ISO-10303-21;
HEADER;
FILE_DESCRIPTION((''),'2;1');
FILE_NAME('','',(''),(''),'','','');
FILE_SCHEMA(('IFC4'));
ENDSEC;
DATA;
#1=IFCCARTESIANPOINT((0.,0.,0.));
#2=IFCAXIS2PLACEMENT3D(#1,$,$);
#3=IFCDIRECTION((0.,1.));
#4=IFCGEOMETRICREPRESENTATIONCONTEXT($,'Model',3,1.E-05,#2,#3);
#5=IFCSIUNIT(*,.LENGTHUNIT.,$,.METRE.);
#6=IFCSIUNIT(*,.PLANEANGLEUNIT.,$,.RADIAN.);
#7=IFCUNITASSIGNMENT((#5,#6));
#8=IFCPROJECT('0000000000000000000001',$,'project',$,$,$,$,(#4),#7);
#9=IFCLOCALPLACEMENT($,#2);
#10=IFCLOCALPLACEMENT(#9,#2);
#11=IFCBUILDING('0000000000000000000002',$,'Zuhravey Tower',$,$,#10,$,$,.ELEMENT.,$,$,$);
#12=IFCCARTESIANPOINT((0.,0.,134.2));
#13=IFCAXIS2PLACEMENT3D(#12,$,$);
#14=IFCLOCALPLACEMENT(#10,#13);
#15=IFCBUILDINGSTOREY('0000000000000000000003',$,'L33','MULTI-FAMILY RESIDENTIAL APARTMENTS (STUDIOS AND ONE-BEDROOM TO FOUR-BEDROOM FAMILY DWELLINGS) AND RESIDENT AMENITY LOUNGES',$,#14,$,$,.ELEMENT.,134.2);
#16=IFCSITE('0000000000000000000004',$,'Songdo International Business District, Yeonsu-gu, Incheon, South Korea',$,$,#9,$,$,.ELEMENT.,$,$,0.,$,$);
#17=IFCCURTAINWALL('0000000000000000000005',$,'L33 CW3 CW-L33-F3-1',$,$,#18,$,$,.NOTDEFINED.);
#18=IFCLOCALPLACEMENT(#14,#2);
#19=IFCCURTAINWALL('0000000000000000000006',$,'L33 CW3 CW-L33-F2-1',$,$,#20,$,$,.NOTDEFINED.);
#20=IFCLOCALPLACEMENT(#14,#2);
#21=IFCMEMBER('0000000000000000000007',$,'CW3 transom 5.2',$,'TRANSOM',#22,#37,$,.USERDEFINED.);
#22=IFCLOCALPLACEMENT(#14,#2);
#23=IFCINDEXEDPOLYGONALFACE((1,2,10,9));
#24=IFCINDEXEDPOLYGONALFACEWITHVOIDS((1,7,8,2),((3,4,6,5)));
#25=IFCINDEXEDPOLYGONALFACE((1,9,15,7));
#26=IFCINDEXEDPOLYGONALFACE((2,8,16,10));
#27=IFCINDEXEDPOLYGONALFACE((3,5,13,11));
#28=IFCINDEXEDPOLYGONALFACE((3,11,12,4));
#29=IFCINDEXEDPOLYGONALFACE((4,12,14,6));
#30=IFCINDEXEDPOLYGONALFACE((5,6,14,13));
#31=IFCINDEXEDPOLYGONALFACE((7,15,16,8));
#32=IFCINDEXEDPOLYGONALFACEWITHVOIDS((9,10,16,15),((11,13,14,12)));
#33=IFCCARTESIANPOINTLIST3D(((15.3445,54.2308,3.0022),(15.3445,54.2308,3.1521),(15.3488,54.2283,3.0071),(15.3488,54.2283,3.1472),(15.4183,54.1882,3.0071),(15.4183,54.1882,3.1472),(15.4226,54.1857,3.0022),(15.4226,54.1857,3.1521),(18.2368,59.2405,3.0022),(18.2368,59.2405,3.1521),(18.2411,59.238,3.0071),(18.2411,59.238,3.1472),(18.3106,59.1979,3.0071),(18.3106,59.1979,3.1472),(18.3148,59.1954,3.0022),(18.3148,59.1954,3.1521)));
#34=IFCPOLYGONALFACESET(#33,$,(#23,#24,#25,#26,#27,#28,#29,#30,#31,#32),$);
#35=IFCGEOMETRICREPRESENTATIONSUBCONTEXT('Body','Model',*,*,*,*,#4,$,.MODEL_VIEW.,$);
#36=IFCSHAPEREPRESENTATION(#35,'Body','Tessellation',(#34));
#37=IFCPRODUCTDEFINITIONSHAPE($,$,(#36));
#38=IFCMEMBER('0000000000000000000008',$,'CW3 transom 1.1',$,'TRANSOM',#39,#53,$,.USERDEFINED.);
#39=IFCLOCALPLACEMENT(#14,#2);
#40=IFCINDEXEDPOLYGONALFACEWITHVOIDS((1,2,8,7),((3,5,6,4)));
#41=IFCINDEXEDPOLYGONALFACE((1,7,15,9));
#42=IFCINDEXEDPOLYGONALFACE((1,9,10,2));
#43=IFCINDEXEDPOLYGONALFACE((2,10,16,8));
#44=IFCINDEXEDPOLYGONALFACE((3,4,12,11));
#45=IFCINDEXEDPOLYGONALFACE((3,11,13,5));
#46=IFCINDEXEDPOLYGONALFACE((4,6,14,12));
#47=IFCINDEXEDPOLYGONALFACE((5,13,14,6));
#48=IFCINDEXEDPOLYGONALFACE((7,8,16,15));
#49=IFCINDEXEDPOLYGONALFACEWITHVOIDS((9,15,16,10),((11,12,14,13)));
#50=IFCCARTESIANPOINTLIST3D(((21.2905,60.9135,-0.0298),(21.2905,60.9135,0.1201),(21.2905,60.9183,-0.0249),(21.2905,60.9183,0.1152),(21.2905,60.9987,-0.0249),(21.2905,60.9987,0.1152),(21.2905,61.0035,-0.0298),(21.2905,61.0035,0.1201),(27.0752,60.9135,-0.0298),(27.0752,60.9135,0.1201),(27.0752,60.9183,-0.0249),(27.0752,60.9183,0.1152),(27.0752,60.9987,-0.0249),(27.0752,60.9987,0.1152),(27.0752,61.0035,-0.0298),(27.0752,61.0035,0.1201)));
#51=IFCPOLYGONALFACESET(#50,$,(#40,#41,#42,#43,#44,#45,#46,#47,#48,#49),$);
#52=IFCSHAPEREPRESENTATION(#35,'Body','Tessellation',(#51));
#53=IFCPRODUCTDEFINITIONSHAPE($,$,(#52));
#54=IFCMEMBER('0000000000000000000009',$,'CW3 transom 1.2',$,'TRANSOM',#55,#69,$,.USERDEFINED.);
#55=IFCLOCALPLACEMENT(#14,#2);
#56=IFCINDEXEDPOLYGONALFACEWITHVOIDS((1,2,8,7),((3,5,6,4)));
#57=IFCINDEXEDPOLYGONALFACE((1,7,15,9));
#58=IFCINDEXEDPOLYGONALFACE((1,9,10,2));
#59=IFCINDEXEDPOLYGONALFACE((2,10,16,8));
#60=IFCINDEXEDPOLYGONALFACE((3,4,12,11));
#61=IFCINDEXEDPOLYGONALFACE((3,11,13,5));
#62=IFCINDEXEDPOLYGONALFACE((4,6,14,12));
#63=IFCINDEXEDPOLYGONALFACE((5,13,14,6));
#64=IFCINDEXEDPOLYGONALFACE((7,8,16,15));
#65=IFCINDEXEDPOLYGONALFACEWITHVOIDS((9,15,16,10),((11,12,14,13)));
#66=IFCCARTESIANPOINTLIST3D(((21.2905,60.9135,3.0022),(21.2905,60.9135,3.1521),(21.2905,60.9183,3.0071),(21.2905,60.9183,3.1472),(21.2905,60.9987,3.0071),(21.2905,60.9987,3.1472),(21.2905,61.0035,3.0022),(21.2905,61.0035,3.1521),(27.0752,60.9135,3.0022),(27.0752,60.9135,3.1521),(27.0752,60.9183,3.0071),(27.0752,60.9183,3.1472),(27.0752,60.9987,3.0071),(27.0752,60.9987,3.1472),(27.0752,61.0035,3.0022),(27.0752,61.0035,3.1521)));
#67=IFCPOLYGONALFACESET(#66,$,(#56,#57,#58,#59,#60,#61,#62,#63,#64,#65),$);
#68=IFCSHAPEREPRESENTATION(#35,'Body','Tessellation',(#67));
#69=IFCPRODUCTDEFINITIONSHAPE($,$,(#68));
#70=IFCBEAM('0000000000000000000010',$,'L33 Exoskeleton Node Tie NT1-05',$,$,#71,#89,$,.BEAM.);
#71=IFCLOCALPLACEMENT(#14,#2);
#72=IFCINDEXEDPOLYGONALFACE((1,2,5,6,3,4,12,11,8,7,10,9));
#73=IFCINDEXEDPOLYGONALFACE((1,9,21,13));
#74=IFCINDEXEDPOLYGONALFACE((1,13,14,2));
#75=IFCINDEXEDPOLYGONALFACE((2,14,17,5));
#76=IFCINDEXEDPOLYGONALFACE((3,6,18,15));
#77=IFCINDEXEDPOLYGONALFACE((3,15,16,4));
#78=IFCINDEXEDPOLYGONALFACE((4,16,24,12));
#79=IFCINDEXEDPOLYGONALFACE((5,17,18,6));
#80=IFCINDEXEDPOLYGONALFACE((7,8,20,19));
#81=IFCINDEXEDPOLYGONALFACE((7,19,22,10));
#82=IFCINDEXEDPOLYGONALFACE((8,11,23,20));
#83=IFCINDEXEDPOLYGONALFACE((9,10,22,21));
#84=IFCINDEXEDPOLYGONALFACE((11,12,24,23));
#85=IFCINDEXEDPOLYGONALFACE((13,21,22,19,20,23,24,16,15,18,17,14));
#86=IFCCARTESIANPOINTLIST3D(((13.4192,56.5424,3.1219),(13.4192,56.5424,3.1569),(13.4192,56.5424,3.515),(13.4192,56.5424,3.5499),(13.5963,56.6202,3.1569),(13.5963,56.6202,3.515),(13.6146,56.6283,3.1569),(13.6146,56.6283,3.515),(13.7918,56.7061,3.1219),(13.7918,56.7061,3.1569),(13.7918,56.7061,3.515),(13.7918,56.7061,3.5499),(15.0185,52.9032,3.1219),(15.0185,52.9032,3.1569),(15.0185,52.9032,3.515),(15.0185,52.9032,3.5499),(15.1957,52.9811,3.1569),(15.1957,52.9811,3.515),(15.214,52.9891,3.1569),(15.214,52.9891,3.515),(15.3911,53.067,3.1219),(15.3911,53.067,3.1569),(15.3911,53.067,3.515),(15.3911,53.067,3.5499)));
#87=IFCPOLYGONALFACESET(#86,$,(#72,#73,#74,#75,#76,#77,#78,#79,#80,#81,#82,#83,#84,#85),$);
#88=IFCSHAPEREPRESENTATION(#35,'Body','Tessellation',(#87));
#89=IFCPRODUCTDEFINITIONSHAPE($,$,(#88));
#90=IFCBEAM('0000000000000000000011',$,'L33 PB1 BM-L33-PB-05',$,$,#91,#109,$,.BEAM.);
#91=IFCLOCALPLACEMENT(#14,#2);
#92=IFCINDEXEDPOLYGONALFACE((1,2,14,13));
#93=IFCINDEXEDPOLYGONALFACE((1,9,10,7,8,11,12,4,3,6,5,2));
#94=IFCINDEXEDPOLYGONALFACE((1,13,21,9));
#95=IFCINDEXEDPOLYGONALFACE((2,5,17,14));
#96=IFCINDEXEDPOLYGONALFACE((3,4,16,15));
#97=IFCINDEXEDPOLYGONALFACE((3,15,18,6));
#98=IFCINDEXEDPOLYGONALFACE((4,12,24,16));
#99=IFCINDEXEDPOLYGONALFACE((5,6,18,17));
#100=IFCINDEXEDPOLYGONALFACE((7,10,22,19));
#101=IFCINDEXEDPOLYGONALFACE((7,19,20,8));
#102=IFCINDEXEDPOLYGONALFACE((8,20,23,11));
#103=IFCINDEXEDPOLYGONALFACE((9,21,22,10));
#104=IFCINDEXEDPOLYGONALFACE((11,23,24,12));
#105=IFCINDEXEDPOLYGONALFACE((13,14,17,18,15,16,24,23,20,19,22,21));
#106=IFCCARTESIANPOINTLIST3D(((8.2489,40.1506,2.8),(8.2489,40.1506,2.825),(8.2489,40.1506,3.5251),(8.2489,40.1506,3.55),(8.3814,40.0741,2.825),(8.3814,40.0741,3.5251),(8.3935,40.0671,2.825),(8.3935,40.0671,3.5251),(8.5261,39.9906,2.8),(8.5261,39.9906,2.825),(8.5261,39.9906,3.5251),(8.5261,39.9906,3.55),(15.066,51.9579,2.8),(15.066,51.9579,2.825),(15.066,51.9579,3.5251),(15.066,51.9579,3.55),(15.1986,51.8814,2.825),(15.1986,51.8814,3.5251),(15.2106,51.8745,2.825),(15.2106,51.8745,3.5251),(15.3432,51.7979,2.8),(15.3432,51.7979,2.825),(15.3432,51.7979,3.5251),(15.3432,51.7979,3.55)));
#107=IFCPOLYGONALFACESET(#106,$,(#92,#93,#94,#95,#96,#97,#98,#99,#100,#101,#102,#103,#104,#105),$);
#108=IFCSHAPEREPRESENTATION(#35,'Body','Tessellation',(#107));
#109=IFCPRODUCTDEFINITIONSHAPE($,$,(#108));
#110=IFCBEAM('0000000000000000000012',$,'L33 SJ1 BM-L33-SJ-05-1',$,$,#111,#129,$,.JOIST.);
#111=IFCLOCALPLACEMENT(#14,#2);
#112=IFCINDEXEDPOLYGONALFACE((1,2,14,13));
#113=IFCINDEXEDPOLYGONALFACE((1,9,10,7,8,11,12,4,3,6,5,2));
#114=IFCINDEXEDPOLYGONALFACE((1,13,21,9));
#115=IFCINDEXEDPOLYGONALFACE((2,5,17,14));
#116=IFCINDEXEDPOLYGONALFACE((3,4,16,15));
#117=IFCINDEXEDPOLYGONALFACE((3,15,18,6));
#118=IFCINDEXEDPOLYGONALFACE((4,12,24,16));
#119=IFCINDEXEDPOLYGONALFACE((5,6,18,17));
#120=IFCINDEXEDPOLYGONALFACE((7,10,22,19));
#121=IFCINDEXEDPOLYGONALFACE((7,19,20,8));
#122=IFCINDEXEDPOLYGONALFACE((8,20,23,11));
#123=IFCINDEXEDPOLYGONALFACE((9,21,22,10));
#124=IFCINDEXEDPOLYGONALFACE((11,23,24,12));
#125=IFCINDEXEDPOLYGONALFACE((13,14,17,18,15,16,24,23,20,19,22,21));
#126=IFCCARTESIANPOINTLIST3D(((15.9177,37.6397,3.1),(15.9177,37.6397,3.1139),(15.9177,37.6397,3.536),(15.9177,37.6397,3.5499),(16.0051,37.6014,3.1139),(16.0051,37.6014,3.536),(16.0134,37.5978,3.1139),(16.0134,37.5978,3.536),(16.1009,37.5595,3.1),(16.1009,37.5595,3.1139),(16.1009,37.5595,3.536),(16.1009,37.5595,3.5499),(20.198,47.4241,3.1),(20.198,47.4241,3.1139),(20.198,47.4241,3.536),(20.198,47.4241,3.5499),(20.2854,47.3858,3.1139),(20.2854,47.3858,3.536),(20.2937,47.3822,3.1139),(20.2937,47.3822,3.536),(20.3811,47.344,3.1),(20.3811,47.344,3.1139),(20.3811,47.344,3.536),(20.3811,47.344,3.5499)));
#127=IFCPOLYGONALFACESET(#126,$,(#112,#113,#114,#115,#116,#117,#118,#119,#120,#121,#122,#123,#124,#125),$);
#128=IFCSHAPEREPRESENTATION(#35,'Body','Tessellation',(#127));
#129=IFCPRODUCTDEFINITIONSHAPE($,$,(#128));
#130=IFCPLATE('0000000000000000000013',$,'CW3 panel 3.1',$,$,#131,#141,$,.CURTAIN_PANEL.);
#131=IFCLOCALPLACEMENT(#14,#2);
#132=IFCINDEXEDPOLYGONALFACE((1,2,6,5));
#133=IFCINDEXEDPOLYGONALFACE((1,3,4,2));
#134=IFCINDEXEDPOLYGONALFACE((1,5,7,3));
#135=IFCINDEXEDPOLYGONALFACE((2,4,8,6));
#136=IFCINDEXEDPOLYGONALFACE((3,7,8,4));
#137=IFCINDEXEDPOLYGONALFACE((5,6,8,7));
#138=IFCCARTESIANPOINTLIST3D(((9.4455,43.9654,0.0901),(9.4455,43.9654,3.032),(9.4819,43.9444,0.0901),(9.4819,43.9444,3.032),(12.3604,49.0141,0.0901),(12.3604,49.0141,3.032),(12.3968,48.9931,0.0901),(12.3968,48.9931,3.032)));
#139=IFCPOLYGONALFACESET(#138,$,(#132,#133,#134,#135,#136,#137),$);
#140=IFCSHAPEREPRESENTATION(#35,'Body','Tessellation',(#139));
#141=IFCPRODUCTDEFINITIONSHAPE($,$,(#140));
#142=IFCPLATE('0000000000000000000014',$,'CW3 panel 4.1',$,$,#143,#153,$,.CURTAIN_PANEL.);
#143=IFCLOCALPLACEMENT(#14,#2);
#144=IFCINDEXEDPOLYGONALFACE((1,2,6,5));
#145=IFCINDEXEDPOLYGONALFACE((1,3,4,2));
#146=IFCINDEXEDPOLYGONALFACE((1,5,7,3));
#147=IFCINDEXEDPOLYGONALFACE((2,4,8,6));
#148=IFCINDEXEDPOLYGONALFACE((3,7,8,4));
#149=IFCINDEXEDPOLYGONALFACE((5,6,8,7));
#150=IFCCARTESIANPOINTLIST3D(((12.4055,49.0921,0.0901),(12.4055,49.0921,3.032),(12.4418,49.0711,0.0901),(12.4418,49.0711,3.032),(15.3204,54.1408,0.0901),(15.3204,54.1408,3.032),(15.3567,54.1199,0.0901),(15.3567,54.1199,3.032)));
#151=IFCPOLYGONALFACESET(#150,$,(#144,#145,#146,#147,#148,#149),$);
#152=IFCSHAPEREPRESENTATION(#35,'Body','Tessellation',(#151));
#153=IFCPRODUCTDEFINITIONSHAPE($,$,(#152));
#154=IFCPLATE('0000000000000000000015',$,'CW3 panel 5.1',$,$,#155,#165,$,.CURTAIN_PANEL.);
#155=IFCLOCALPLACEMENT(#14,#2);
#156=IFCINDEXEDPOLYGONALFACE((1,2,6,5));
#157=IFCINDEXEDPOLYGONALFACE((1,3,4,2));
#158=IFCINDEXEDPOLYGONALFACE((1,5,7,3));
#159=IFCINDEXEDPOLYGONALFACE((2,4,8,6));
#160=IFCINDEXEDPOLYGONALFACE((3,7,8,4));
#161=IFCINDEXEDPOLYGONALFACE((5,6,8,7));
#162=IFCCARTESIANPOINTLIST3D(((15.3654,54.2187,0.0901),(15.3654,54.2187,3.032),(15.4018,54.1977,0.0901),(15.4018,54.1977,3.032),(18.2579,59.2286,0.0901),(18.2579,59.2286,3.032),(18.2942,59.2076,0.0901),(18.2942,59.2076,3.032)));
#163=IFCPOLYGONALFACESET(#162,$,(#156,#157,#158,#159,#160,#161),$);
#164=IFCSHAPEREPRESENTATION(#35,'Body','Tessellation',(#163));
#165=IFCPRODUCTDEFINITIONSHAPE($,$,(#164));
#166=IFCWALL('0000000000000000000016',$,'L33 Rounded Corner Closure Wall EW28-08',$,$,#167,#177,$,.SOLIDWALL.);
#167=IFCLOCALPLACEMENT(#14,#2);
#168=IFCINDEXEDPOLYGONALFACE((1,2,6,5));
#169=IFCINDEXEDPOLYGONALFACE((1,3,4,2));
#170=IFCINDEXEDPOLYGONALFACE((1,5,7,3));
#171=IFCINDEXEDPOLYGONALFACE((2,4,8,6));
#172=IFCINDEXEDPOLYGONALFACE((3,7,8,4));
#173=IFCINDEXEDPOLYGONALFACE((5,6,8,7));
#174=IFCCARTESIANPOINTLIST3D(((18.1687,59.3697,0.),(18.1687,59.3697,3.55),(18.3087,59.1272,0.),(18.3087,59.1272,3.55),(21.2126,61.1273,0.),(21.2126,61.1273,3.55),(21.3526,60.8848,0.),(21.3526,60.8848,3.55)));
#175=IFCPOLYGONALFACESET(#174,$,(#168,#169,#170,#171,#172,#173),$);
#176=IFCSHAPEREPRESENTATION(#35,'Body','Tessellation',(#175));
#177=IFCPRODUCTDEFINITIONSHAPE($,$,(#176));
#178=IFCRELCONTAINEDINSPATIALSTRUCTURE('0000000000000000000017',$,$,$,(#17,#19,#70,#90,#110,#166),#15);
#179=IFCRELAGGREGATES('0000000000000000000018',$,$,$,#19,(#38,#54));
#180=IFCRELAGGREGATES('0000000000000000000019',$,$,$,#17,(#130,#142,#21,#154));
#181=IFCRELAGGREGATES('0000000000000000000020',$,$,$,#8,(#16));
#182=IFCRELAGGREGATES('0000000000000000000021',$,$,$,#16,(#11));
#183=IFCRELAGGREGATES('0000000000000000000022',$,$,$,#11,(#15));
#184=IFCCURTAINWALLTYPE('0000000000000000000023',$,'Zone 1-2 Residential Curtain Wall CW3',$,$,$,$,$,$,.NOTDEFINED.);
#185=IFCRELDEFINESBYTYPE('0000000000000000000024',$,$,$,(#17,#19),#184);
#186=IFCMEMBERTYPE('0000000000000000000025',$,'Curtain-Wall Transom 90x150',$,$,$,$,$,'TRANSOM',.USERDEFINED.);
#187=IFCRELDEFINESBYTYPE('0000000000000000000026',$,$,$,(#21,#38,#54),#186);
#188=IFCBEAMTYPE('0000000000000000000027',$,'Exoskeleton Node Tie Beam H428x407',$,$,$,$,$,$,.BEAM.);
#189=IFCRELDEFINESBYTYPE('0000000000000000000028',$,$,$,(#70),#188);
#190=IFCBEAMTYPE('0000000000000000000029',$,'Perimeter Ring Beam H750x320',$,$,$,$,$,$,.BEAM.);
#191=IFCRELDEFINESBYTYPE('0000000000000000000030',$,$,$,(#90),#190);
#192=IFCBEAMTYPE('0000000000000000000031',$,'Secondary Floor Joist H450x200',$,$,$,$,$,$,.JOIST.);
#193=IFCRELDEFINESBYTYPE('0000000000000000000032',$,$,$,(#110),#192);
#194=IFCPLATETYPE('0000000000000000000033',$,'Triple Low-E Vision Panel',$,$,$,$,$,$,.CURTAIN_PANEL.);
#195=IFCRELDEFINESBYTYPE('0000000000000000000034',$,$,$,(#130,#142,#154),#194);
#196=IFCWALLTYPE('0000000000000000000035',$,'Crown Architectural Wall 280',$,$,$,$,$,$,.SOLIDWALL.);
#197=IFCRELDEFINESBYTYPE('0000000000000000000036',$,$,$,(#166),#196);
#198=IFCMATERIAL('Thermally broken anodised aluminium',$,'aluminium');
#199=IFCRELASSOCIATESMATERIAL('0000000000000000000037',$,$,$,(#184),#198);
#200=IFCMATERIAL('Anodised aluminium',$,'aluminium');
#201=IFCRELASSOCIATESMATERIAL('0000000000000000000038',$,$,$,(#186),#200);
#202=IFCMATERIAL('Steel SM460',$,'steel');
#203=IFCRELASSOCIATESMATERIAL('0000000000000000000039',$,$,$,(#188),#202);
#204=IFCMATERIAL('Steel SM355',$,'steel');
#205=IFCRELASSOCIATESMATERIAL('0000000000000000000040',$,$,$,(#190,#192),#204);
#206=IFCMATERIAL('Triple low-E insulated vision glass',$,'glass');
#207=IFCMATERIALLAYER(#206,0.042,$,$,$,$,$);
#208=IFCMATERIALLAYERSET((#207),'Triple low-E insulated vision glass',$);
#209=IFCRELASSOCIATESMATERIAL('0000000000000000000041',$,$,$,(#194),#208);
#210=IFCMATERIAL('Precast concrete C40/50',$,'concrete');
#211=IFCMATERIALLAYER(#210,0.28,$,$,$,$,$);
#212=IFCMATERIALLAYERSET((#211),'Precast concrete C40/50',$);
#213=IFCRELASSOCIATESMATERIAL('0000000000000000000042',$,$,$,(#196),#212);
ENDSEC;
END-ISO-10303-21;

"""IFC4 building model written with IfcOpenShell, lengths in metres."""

from ifc_helpers import new_model, si_unit, direction, frame, frame_2d, origin, origin_2d, place, context, subcontext, project, spatial, rectangle, hollow_rectangle, i_section, extrude, material, layer, layer_set, material_profile, profile_set, type_object, element, aggregate, save


model = new_model("IFC4")

# Units and contexts
model_context = context("Model", 3, precision=1e-05, world=origin(), true_north=direction((0.0, 1.0)))
body_context = subcontext(model_context, "Body", "Model", "MODEL_VIEW")
ifc_project = project(units=[si_unit("LENGTHUNIT", "METRE"), si_unit("PLANEANGLEUNIT", "RADIAN")], contexts=[model_context])

# Site, building, storey
site_placement = place(None, origin())
site = spatial("IfcSite", under=ifc_project, at=site_placement, Name="Songdo International Business District, Yeonsu-gu, Incheon, South Korea", CompositionType="ELEMENT", RefElevation=0.0)
building_placement = place(site_placement, origin())
building = spatial("IfcBuilding", under=site, at=building_placement, Name="Zuhravey Tower", CompositionType="ELEMENT")
storey_placement = place(building_placement, frame((0.0, 0.0, 134.2)))
storey = spatial("IfcBuildingStorey", under=building, at=storey_placement, Name="L33", Description="MULTI-FAMILY RESIDENTIAL APARTMENTS (STUDIOS AND ONE-BEDROOM TO FOUR-BEDROOM FAMILY DWELLINGS) AND RESIDENT AMENITY LOUNGES", CompositionType="ELEMENT", Elevation=134.2)

# Curtain wall
ifc_material_1 = material(Name="Thermally broken anodised aluminium", Category="aluminium")
curtain_wall_type = type_object("IfcCurtainWallType", Name="Zone 1-2 Residential Curtain Wall CW3", PredefinedType="NOTDEFINED", material=ifc_material_1)
curtain_wall_1_placement = place(storey_placement, origin())
curtain_wall_1 = element("IfcCurtainWall", 1, at=curtain_wall_1_placement, inside=storey, type_object=curtain_wall_type, Name="L33 CW3 CW-L33-F3-1", PredefinedType="NOTDEFINED")
ifc_material_2 = material(Name="Anodised aluminium", Category="aluminium")

# Curtain wall
curtain_wall_2_placement = place(storey_placement, origin())
curtain_wall_2 = element("IfcCurtainWall", 2, at=curtain_wall_2_placement, inside=storey, type_object=curtain_wall_type, Name="L33 CW3 CW-L33-F2-1", PredefinedType="NOTDEFINED")

# Members
ifc_material_profile_1 = material_profile(ifc_material_2, hollow_rectangle(XDim=0.0901, YDim=0.1499, WallThickness=0.0049, at=origin_2d()), Name="ALU-RHS-90x150x5")
ifc_profile_set_1 = profile_set([ifc_material_profile_1], Name="Anodised aluminium")
member_type_1 = type_object("IfcMemberType", Name="Curtain-Wall Transom 90x150", ElementType="TRANSOM", PredefinedType="USERDEFINED", material=ifc_profile_set_1)
member_1_placement = place(storey_placement, frame((15.3835, 54.2083, 3.0771), z_axis=(0.499993, 0.86603, 0.0), x_axis=(-0.86603, 0.499993, 0.0)))
member_1 = element("IfcMember", 3, at=member_1_placement, type_object=member_type_1, Name="CW3 transom 5.2", ObjectType="TRANSOM", PredefinedType="USERDEFINED", context=body_context, shape_type="SweptSolid", body=[
    extrude(hollow_rectangle(XDim=0.0901, YDim=0.1499, WallThickness=0.0049, at=origin_2d()), origin(), (0.0, 0.0, 1.0), 5.7847),
])
member_2_placement = place(storey_placement, frame((21.2905, 60.9585, 0.0452), z_axis=(1.0, 0.0, 0.0), x_axis=(0.0, 1.0, 0.0)))
member_2 = element("IfcMember", 4, at=member_2_placement, type_object=member_type_1, Name="CW3 transom 1.1", ObjectType="TRANSOM", PredefinedType="USERDEFINED", context=body_context, shape_type="SweptSolid", body=[
    extrude(hollow_rectangle(XDim=0.0901, YDim=0.1499, WallThickness=0.0049, at=origin_2d()), origin(), (0.0, 0.0, 1.0), 5.7847),
])
member_3_placement = place(storey_placement, frame((21.2905, 60.9585, 3.0771), z_axis=(1.0, 0.0, 0.0), x_axis=(0.0, 1.0, 0.0)))
member_3 = element("IfcMember", 5, at=member_3_placement, type_object=member_type_1, Name="CW3 transom 1.2", ObjectType="TRANSOM", PredefinedType="USERDEFINED", context=body_context, shape_type="SweptSolid", body=[
    extrude(hollow_rectangle(XDim=0.0901, YDim=0.1499, WallThickness=0.0049, at=origin_2d()), origin(), (0.0, 0.0, 1.0), 5.7847),
])
aggregate(curtain_wall_2, [member_2, member_3])

# Beams
ifc_material_3 = material(Name="Steel SM460", Category="steel")
ifc_material_profile_2 = material_profile(ifc_material_3, i_section(OverallWidth=0.407, OverallDepth=0.428, WebThickness=0.02, FlangeThickness=0.0349, at=origin_2d()), Name="H-428x407x20x35")
ifc_profile_set_2 = profile_set([ifc_material_profile_2], Name="Steel SM460")
beam_type_1 = type_object("IfcBeamType", Name="Exoskeleton Node Tie Beam H428x407", PredefinedType="BEAM", material=ifc_profile_set_2)
beam_1_placement = place(storey_placement, frame((15.2048, 52.9851, 3.3359), z_axis=(-0.402345, 0.915488, 0.0), x_axis=(-0.915488, -0.402345, 0.0)))
element("IfcBeam", 6, at=beam_1_placement, inside=storey, type_object=beam_type_1, Name="L33 Exoskeleton Node Tie NT1-05", PredefinedType="BEAM", context=body_context, shape_type="SweptSolid", body=[
    extrude(i_section(OverallWidth=0.407, OverallDepth=0.428, WebThickness=0.02, FlangeThickness=0.0349, at=origin_2d()), origin(), (0.0, 0.0, 1.0), 3.9751),
])
ifc_material_4 = material(Name="Steel SM355", Category="steel")
ifc_material_profile_3 = material_profile(ifc_material_4, i_section(OverallWidth=0.3201, OverallDepth=0.75, WebThickness=0.0139, FlangeThickness=0.0249, at=origin_2d()), Name="H-750x320x14x25")
ifc_profile_set_3 = profile_set([ifc_material_profile_3], Name="Steel SM355")
beam_type_2 = type_object("IfcBeamType", Name="Perimeter Ring Beam H750x320", PredefinedType="BEAM", material=ifc_profile_set_3)
beam_2_placement = place(storey_placement, frame((15.2046, 51.8779, 3.175), z_axis=(-0.500008, -0.866021, 0.0), x_axis=(0.866021, -0.500008, 0.0)))
element("IfcBeam", 7, at=beam_2_placement, inside=storey, type_object=beam_type_2, Name="L33 PB1 BM-L33-PB-05", PredefinedType="BEAM", context=body_context, shape_type="SweptSolid", body=[
    extrude(i_section(OverallWidth=0.3201, OverallDepth=0.75, WebThickness=0.0139, FlangeThickness=0.0249, at=origin_2d()), origin(), (0.0, 0.0, 1.0), 13.634),
])
ifc_material_profile_4 = material_profile(ifc_material_4, i_section(OverallWidth=0.2, OverallDepth=0.45, WebThickness=0.009, FlangeThickness=0.0139, at=origin_2d()), Name="H-450x200x9x14")
ifc_profile_set_4 = profile_set([ifc_material_profile_4], Name="Steel SM355")
beam_type_3 = type_object("IfcBeamType", Name="Secondary Floor Joist H450x200", PredefinedType="JOIST", material=ifc_profile_set_4)
beam_3_placement = place(storey_placement, frame((20.2896, 47.384, 3.325), z_axis=(-0.400786, -0.916172, 0.0), x_axis=(0.916172, -0.400786, 0.0)))
element("IfcBeam", 8, at=beam_3_placement, inside=storey, type_object=beam_type_3, Name="L33 SJ1 BM-L33-SJ-05-1", PredefinedType="JOIST", context=body_context, shape_type="SweptSolid", body=[
    extrude(i_section(OverallWidth=0.2, OverallDepth=0.45, WebThickness=0.009, FlangeThickness=0.0139, at=origin_2d()), origin(), (0.0, 0.0, 1.0), 10.6797),
])

# Plates
ifc_material_5 = material(Name="Triple low-E insulated vision glass", Category="glass")
ifc_layer_1 = layer(ifc_material_5, 0.042)
ifc_layer_set_1 = layer_set([ifc_layer_1], Name="Triple low-E insulated vision glass")
plate_type = type_object("IfcPlateType", Name="Triple Low-E Vision Panel", PredefinedType="CURTAIN_PANEL", material=ifc_layer_set_1)
plate_1_placement = place(storey_placement, frame((10.9211, 46.4792, 0.0901), z_axis=(0.0, 0.0, 1.0), x_axis=(0.5, 0.866026, 0.0)))
plate_1 = element("IfcPlate", 9, at=plate_1_placement, type_object=plate_type, Name="CW3 panel 3.1", PredefinedType="CURTAIN_PANEL", context=body_context, shape_type="SweptSolid", body=[
    extrude(rectangle(XDim=5.8298, YDim=0.042, at=origin_2d()), origin(), (0.0, 0.0, 1.0), 2.9419),
])
plate_2_placement = place(storey_placement, frame((13.8811, 51.606, 0.0901), z_axis=(0.0, 0.0, 1.0), x_axis=(0.5, 0.866026, 0.0)))
plate_2 = element("IfcPlate", 10, at=plate_2_placement, type_object=plate_type, Name="CW3 panel 4.1", PredefinedType="CURTAIN_PANEL", context=body_context, shape_type="SweptSolid", body=[
    extrude(rectangle(XDim=5.8298, YDim=0.042, at=origin_2d()), origin(), (0.0, 0.0, 1.0), 2.9419),
])
plate_3_placement = place(storey_placement, frame((16.8298, 56.7131, 0.0901), z_axis=(0.0, 0.0, 1.0), x_axis=(0.5, 0.866026, 0.0)))
plate_3 = element("IfcPlate", 11, at=plate_3_placement, type_object=plate_type, Name="CW3 panel 5.1", PredefinedType="CURTAIN_PANEL", context=body_context, shape_type="SweptSolid", body=[
    extrude(rectangle(XDim=5.7849, YDim=0.042, at=origin_2d()), origin(), (0.0, 0.0, 1.0), 2.9419),
])
aggregate(curtain_wall_1, [plate_1, plate_2, member_1, plate_3])

# Wall
ifc_material_6 = material(Name="Precast concrete C40/50", Category="concrete")
ifc_layer_2 = layer(ifc_material_6, 0.28)
ifc_layer_set_2 = layer_set([ifc_layer_2], Name="Precast concrete C40/50")
wall_type_1 = type_object("IfcWallType", Name="Crown Architectural Wall 280", PredefinedType="SOLIDWALL", material=ifc_layer_set_2)
wall_1_placement = place(storey_placement, frame((18.2388, 59.2485, 0.0), z_axis=(0.0, 0.0, 1.0), x_axis=(0.866007, 0.500031, 0.0)))
element("IfcWall", 12, at=wall_1_placement, inside=storey, type_object=wall_type_1, Name="L33 Rounded Corner Closure Wall EW28-08", PredefinedType="SOLIDWALL", context=body_context, shape_type="SweptSolid", body=[
    extrude(rectangle(XDim=3.5149, YDim=0.28, at=frame_2d((1.7573, 0.0))), origin(), (0.0, 0.0, 1.0), 3.55),
])

save(model, "model.ifc")
